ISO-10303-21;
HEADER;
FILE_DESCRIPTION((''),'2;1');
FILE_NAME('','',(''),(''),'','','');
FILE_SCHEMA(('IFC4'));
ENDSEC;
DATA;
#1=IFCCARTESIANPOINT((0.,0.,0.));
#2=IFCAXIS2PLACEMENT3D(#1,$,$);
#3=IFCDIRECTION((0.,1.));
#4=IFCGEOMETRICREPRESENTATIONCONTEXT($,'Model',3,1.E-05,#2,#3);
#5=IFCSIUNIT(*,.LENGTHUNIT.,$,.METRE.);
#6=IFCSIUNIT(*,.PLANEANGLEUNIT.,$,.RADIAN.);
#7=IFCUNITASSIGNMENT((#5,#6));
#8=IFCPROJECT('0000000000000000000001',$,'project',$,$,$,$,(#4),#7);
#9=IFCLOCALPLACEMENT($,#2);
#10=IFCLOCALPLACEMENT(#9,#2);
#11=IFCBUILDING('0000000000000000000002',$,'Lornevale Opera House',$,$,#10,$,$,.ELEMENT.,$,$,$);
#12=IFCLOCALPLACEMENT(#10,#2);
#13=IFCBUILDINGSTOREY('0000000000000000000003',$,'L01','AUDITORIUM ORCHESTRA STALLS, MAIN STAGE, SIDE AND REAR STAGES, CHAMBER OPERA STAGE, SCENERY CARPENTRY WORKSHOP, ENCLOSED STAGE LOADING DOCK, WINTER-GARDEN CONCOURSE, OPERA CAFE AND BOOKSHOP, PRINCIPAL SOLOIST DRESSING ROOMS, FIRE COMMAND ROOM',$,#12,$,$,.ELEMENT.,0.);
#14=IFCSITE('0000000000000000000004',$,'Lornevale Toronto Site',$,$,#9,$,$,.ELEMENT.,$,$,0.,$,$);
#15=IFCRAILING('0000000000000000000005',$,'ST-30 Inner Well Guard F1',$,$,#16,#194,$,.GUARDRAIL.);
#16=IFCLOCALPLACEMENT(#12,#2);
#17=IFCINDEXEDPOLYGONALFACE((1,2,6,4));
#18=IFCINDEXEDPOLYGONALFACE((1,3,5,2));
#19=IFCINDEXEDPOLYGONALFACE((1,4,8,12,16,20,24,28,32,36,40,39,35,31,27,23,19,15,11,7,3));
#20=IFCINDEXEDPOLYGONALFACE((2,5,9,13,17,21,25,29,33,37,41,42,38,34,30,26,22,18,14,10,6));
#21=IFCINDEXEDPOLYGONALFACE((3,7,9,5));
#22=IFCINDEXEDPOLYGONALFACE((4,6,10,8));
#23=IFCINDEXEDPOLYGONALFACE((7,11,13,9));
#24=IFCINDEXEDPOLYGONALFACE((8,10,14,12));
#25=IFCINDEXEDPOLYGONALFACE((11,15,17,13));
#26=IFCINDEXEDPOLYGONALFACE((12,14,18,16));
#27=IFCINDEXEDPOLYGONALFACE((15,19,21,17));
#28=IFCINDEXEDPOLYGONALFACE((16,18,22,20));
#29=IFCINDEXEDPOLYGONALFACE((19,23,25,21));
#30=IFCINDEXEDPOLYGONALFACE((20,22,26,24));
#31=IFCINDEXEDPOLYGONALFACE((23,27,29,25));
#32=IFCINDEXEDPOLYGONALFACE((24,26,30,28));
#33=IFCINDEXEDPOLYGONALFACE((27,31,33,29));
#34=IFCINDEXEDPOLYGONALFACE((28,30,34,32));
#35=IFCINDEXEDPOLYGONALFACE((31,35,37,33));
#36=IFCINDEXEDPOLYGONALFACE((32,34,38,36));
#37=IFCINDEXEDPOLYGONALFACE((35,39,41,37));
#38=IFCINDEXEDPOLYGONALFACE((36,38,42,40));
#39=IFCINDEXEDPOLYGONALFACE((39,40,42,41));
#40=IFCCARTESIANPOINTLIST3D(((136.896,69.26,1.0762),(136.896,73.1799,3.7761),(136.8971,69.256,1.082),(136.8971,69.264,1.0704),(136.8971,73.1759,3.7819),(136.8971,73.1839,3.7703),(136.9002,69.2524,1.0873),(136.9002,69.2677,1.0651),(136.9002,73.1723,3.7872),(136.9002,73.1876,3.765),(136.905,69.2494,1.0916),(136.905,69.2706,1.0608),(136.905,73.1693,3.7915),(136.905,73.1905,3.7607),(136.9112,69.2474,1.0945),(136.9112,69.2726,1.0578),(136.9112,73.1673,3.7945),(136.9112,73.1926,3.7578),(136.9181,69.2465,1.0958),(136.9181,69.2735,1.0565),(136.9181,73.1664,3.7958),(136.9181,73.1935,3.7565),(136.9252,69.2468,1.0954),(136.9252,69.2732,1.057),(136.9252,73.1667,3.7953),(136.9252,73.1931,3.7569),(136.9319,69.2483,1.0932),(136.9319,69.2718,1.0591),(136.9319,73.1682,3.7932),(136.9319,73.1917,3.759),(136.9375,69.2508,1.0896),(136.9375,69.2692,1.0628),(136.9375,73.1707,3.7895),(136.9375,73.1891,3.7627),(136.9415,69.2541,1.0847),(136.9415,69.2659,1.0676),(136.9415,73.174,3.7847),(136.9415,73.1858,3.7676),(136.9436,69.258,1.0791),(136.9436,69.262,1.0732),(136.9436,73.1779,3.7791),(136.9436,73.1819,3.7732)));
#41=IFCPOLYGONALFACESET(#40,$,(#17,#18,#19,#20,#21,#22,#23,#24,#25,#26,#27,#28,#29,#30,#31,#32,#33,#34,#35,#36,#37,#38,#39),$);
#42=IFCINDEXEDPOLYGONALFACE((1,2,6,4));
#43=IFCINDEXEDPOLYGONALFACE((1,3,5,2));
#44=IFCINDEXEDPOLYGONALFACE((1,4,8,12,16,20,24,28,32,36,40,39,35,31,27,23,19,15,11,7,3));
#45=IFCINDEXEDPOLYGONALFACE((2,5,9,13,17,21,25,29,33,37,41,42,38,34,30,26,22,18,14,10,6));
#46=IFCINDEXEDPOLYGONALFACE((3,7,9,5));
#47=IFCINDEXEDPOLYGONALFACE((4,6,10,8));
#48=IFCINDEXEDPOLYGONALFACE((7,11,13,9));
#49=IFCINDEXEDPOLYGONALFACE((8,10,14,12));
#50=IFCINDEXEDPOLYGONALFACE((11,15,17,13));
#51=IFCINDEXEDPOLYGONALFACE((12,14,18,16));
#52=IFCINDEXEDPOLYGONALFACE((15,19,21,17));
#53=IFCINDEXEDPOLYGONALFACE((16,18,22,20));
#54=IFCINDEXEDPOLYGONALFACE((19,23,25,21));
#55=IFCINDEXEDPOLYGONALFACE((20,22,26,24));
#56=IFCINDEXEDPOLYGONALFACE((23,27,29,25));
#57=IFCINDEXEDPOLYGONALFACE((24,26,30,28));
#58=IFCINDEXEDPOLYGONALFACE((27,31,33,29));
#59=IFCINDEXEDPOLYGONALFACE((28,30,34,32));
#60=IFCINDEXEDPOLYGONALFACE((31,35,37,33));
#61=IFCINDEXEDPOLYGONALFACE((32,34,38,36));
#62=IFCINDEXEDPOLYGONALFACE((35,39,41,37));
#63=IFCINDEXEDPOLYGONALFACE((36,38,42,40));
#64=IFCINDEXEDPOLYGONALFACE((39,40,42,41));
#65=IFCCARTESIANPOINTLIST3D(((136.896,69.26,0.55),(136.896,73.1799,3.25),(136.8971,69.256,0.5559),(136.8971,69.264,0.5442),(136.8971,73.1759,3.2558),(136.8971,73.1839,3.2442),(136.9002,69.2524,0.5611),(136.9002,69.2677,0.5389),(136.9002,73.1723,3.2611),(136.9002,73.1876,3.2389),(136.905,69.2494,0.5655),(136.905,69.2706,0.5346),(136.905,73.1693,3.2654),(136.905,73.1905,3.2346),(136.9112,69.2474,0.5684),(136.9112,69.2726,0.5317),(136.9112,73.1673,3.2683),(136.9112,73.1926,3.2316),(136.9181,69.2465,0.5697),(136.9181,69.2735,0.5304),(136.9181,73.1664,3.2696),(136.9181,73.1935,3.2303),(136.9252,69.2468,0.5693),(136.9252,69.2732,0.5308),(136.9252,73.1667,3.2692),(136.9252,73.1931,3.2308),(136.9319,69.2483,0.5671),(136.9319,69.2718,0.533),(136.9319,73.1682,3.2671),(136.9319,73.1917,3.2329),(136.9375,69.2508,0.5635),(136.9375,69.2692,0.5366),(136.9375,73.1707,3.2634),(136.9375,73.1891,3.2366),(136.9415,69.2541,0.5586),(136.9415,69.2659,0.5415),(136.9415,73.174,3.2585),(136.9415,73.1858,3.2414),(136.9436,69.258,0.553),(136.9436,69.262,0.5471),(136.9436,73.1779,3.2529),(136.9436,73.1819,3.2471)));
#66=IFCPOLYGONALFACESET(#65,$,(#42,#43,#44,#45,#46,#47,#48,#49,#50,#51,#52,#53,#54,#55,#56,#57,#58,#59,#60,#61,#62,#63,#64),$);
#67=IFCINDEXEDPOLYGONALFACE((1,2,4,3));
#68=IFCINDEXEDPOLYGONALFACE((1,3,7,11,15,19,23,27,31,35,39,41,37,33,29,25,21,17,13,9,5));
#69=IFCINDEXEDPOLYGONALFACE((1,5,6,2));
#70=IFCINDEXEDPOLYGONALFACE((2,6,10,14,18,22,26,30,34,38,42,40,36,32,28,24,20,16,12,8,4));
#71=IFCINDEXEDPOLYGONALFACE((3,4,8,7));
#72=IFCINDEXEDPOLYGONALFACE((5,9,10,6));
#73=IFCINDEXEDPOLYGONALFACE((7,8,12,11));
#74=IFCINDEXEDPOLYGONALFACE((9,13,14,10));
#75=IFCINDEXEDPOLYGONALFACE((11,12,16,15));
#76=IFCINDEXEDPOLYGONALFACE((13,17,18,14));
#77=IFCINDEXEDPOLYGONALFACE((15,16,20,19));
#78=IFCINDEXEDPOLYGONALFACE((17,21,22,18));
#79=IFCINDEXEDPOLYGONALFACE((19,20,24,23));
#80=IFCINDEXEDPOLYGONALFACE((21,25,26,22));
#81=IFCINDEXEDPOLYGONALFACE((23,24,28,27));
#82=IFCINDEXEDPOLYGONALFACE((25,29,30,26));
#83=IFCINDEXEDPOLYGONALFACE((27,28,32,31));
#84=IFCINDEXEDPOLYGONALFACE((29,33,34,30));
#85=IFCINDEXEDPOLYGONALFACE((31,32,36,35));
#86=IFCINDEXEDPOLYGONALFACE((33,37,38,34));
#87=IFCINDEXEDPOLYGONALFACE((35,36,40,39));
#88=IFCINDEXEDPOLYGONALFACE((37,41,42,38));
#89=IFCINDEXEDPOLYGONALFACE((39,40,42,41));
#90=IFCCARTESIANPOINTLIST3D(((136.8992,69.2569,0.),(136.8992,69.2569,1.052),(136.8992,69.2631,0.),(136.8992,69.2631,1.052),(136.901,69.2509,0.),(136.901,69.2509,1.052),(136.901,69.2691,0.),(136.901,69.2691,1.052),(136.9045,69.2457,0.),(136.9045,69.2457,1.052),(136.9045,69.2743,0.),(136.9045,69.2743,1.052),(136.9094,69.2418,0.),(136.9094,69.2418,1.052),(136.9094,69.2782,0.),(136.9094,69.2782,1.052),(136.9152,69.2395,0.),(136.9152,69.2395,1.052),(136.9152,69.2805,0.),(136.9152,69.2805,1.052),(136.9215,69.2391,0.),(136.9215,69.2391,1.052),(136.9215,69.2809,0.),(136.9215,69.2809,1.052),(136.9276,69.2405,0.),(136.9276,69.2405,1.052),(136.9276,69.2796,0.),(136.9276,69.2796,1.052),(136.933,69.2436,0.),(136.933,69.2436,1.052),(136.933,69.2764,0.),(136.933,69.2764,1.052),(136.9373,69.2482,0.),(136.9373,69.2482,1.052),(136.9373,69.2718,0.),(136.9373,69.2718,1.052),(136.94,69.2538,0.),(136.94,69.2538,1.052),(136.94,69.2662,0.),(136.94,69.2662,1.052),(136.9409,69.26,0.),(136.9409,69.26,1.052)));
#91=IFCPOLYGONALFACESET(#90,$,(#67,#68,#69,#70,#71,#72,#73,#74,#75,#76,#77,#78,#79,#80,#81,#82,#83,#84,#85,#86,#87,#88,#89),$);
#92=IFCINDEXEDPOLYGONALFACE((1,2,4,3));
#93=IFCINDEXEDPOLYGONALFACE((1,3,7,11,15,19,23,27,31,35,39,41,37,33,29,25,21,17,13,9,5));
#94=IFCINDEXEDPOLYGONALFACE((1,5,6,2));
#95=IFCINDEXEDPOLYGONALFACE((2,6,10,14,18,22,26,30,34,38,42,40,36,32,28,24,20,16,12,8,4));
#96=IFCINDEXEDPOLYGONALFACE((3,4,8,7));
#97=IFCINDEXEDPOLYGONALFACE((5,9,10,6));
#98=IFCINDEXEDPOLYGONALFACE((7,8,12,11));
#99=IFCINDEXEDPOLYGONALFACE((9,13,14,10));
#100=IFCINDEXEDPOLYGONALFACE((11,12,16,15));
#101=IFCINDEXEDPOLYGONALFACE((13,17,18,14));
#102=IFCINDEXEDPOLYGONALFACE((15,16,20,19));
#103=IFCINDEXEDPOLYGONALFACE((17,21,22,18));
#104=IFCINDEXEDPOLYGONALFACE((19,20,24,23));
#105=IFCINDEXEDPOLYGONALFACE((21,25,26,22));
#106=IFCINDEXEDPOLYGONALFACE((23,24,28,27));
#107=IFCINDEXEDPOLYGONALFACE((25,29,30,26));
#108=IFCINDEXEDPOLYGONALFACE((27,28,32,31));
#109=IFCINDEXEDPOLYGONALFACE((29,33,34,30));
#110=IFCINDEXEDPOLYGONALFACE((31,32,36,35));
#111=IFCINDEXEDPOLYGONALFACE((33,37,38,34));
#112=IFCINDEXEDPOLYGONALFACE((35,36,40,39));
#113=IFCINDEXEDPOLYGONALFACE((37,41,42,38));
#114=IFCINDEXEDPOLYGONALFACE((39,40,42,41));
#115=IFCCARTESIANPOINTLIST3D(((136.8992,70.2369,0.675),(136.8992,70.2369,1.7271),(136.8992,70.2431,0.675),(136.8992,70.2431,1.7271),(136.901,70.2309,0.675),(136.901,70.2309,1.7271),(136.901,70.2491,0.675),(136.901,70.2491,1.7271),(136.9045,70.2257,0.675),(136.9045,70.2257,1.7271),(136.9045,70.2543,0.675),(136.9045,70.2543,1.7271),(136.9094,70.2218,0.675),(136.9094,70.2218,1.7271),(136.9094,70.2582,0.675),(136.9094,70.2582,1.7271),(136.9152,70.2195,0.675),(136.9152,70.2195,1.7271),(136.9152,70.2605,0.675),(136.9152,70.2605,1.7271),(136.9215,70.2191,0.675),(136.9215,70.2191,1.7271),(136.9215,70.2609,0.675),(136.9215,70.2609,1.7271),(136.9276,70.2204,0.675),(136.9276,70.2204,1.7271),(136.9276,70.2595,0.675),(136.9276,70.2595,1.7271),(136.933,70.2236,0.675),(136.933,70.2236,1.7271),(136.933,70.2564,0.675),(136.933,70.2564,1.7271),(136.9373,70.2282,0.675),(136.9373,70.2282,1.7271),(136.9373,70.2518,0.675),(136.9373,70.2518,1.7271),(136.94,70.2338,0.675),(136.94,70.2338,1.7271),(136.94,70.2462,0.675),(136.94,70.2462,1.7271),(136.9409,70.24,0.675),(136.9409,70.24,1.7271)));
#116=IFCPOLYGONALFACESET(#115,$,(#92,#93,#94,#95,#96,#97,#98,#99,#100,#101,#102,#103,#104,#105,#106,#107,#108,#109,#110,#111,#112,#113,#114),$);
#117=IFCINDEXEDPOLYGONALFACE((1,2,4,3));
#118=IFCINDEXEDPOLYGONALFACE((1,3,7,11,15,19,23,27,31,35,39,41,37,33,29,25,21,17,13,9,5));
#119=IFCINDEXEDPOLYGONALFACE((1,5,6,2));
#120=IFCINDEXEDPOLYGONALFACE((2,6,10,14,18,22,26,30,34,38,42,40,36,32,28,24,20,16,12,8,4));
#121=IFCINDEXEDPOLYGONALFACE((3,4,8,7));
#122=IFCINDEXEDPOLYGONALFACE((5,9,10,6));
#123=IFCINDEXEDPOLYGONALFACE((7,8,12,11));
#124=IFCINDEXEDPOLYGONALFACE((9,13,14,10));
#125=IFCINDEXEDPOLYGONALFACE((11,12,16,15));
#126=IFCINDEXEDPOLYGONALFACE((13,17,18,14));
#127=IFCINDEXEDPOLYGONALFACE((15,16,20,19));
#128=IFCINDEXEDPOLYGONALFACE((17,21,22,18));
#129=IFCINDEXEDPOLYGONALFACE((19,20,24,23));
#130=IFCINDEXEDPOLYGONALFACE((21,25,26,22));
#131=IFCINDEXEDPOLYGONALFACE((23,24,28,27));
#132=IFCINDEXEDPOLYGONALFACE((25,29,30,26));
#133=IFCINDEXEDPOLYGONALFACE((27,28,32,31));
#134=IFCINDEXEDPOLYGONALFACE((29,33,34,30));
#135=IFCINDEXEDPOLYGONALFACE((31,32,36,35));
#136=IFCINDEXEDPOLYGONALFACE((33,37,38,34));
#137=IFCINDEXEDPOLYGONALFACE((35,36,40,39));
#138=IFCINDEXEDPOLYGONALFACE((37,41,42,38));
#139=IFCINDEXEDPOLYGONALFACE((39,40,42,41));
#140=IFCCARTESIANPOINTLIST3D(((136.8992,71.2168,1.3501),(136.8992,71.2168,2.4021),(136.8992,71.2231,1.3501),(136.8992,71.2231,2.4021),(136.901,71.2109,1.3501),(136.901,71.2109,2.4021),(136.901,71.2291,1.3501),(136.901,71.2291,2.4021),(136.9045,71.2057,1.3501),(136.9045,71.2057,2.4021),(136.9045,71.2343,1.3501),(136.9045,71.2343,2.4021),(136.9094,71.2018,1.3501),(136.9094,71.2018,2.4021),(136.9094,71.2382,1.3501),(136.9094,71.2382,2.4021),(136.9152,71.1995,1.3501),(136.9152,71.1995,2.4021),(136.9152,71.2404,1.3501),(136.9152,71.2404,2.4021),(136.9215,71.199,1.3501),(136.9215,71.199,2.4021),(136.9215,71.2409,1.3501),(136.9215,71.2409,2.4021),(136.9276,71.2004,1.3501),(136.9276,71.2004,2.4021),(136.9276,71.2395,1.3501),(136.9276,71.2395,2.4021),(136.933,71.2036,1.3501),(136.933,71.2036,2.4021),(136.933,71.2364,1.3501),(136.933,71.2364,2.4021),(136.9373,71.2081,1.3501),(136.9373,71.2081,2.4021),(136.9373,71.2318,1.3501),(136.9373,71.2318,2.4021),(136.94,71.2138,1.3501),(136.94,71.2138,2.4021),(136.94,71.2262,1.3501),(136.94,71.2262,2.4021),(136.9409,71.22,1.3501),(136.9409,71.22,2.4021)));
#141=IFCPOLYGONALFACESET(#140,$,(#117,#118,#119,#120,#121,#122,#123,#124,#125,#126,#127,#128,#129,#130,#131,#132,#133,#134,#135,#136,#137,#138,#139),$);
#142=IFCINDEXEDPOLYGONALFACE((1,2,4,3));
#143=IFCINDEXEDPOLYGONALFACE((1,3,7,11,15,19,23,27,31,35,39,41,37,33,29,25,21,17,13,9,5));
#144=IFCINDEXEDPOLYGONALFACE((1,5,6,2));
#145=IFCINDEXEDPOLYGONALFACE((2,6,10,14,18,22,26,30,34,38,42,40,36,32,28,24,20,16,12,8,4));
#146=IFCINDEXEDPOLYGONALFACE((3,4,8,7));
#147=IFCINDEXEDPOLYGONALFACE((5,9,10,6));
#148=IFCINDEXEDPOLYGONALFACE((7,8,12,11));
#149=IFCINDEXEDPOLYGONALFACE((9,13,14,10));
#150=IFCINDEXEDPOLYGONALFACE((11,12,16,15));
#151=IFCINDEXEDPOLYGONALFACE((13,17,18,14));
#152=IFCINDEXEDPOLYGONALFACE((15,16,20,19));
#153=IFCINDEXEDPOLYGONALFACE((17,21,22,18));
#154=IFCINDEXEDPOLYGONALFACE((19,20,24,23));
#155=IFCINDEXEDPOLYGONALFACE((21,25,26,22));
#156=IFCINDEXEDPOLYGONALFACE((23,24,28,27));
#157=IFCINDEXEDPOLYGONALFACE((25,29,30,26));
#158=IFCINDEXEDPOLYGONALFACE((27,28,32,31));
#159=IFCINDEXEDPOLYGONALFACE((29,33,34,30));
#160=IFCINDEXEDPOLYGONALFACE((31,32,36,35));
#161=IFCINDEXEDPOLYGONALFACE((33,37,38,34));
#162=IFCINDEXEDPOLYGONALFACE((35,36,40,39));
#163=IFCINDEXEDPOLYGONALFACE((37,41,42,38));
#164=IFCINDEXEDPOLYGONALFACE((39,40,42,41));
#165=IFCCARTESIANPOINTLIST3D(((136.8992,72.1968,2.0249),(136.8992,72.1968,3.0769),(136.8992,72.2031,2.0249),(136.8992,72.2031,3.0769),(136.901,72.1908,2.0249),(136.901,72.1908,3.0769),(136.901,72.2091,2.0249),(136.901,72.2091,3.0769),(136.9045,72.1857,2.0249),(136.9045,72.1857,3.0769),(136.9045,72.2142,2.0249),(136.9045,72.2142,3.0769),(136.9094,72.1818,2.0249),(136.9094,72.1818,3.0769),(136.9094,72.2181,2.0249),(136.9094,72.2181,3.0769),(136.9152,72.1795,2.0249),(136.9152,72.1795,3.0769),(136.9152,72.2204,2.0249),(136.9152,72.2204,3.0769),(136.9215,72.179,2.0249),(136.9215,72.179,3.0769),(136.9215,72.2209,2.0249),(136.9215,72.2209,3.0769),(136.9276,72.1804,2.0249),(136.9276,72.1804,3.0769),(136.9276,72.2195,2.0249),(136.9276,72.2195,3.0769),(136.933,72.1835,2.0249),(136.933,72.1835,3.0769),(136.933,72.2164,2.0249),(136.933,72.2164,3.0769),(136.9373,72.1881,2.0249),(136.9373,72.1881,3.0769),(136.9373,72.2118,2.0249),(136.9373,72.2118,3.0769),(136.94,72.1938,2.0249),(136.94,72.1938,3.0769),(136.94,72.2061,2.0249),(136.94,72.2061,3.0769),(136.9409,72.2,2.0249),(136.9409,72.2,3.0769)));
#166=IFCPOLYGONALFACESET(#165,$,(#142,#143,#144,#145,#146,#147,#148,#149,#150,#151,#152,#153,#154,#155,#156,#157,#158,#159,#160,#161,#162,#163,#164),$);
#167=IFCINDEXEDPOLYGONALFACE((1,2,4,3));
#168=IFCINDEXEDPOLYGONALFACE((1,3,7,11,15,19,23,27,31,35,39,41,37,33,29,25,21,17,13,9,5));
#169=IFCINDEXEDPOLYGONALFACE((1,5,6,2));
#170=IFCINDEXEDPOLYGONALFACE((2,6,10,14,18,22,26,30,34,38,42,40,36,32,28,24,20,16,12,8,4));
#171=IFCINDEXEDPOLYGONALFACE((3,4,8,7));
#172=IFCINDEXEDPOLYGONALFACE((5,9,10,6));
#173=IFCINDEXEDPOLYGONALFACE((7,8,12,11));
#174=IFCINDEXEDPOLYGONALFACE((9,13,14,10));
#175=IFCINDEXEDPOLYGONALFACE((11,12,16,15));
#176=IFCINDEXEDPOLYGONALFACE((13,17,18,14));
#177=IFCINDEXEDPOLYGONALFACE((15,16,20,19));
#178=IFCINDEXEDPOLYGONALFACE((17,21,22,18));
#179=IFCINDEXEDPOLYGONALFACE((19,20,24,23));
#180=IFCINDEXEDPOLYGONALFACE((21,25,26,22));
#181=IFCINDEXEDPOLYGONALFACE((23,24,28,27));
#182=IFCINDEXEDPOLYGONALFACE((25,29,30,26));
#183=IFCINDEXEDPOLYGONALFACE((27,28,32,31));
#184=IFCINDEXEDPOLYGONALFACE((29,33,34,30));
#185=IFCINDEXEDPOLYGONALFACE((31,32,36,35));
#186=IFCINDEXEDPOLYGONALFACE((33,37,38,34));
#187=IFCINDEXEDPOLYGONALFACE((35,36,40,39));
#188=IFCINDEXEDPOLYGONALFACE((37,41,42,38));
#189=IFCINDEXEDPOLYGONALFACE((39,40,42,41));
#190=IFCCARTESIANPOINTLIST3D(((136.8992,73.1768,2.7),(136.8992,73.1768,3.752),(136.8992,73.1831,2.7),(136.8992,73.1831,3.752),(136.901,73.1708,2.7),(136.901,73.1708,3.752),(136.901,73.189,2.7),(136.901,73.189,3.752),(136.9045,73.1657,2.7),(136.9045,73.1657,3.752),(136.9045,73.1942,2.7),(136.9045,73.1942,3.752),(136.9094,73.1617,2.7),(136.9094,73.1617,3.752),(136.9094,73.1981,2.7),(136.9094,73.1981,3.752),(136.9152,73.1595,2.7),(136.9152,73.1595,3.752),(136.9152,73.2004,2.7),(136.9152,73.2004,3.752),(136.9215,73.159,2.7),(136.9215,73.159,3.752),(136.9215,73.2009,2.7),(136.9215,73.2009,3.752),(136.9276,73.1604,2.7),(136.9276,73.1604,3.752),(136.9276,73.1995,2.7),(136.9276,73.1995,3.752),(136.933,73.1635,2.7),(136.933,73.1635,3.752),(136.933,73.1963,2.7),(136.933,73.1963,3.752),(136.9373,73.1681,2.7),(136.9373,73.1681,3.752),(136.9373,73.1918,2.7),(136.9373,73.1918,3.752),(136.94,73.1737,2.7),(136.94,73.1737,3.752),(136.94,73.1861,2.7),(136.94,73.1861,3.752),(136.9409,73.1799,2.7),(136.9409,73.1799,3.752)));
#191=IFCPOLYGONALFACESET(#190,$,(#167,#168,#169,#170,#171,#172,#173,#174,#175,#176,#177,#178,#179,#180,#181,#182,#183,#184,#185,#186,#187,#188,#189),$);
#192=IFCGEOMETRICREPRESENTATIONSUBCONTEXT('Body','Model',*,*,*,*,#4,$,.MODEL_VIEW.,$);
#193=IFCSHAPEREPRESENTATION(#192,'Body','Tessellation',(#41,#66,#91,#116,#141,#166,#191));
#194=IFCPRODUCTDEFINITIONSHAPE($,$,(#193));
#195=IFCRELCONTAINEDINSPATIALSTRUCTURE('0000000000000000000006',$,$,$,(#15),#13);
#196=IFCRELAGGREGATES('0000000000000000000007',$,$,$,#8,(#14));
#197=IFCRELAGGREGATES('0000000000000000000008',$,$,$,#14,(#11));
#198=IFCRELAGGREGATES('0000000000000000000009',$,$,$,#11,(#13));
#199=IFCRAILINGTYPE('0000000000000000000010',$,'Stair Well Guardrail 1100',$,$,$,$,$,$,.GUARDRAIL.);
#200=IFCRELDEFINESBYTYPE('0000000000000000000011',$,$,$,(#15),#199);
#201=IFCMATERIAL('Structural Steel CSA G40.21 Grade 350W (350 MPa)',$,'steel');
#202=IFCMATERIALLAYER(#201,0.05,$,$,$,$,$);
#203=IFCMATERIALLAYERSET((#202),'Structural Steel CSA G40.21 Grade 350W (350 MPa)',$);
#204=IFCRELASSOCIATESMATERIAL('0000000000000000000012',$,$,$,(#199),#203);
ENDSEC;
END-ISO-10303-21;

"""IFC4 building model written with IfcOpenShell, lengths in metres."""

from ifc_helpers import new_model, si_unit, direction, frame, origin, origin_2d, place, context, subcontext, project, spatial, circle, extrude, material, layer, layer_set, type_object, element, save


model = new_model("IFC4")

# Units and contexts
model_context = context("Model", 3, precision=1e-05, world=origin(), true_north=direction((0.0, 1.0)))
body_context = subcontext(model_context, "Body", "Model", "MODEL_VIEW")
ifc_project = project(units=[si_unit("LENGTHUNIT", "METRE"), si_unit("PLANEANGLEUNIT", "RADIAN")], contexts=[model_context])

# Site, building, storey
site_placement = place(None, origin())
site = spatial("IfcSite", under=ifc_project, at=site_placement, Name="Lornevale Toronto Site", CompositionType="ELEMENT", RefElevation=0.0)
building_placement = place(site_placement, origin())
building = spatial("IfcBuilding", under=site, at=building_placement, Name="Lornevale Opera House", CompositionType="ELEMENT")
storey_placement = place(building_placement, origin())
storey = spatial("IfcBuildingStorey", under=building, at=storey_placement, Name="L01", Description="AUDITORIUM ORCHESTRA STALLS, MAIN STAGE, SIDE AND REAR STAGES, CHAMBER OPERA STAGE, SCENERY CARPENTRY WORKSHOP, ENCLOSED STAGE LOADING DOCK, WINTER-GARDEN CONCOURSE, OPERA CAFE AND BOOKSHOP, PRINCIPAL SOLOIST DRESSING ROOMS, FIRE COMMAND ROOM", CompositionType="ELEMENT", Elevation=0.0)

# Shared definitions
ifc_material_1 = material(Name="Structural Steel CSA G40.21 Grade 350W (350 MPa)", Category="steel")

# Railing
ifc_layer_1 = layer(ifc_material_1, 0.05)
ifc_layer_set_1 = layer_set([ifc_layer_1], Name="Structural Steel CSA G40.21 Grade 350W (350 MPa)")
railing_type_1 = type_object("IfcRailingType", Name="Stair Well Guardrail 1100", PredefinedType="GUARDRAIL", material=ifc_layer_set_1)
railing_1_placement = place(storey_placement, frame((136.9199, 69.26, 0.0)))
element("IfcRailing", 1, at=railing_1_placement, inside=storey, type_object=railing_type_1, Name="ST-30 Inner Well Guard F1", PredefinedType="GUARDRAIL", context=body_context, shape_type="SweptSolid", body=[
    extrude(circle(Radius=0.0239, at=origin_2d()), frame((0.0, 0.0, 1.0762), z_axis=(0.0, 0.823551, 0.567243), x_axis=(-1.0, 0.0, 0.0)), (0.0, 0.0, 1.0), 4.7598),
    extrude(circle(Radius=0.0239, at=origin_2d()), frame((0.0, 0.0, 0.55), z_axis=(0.0, 0.823551, 0.567243), x_axis=(-1.0, 0.0, 0.0)), (0.0, 0.0, 1.0), 4.7598),
    extrude(circle(Radius=0.021, at=origin_2d()), origin(), (0.0, 0.0, 1.0), 1.052),
    extrude(circle(Radius=0.021, at=origin_2d()), frame((0.0, 0.98, 0.675)), (0.0, 0.0, 1.0), 1.052),
    extrude(circle(Radius=0.021, at=origin_2d()), frame((0.0, 1.96, 1.3501)), (0.0, 0.0, 1.0), 1.052),
    extrude(circle(Radius=0.021, at=origin_2d()), frame((0.0, 2.9399, 2.0249)), (0.0, 0.0, 1.0), 1.052),
    extrude(circle(Radius=0.021, at=origin_2d()), frame((0.0, 3.9199, 2.7)), (0.0, 0.0, 1.0), 1.052),
])

save(model, "model.ifc")
